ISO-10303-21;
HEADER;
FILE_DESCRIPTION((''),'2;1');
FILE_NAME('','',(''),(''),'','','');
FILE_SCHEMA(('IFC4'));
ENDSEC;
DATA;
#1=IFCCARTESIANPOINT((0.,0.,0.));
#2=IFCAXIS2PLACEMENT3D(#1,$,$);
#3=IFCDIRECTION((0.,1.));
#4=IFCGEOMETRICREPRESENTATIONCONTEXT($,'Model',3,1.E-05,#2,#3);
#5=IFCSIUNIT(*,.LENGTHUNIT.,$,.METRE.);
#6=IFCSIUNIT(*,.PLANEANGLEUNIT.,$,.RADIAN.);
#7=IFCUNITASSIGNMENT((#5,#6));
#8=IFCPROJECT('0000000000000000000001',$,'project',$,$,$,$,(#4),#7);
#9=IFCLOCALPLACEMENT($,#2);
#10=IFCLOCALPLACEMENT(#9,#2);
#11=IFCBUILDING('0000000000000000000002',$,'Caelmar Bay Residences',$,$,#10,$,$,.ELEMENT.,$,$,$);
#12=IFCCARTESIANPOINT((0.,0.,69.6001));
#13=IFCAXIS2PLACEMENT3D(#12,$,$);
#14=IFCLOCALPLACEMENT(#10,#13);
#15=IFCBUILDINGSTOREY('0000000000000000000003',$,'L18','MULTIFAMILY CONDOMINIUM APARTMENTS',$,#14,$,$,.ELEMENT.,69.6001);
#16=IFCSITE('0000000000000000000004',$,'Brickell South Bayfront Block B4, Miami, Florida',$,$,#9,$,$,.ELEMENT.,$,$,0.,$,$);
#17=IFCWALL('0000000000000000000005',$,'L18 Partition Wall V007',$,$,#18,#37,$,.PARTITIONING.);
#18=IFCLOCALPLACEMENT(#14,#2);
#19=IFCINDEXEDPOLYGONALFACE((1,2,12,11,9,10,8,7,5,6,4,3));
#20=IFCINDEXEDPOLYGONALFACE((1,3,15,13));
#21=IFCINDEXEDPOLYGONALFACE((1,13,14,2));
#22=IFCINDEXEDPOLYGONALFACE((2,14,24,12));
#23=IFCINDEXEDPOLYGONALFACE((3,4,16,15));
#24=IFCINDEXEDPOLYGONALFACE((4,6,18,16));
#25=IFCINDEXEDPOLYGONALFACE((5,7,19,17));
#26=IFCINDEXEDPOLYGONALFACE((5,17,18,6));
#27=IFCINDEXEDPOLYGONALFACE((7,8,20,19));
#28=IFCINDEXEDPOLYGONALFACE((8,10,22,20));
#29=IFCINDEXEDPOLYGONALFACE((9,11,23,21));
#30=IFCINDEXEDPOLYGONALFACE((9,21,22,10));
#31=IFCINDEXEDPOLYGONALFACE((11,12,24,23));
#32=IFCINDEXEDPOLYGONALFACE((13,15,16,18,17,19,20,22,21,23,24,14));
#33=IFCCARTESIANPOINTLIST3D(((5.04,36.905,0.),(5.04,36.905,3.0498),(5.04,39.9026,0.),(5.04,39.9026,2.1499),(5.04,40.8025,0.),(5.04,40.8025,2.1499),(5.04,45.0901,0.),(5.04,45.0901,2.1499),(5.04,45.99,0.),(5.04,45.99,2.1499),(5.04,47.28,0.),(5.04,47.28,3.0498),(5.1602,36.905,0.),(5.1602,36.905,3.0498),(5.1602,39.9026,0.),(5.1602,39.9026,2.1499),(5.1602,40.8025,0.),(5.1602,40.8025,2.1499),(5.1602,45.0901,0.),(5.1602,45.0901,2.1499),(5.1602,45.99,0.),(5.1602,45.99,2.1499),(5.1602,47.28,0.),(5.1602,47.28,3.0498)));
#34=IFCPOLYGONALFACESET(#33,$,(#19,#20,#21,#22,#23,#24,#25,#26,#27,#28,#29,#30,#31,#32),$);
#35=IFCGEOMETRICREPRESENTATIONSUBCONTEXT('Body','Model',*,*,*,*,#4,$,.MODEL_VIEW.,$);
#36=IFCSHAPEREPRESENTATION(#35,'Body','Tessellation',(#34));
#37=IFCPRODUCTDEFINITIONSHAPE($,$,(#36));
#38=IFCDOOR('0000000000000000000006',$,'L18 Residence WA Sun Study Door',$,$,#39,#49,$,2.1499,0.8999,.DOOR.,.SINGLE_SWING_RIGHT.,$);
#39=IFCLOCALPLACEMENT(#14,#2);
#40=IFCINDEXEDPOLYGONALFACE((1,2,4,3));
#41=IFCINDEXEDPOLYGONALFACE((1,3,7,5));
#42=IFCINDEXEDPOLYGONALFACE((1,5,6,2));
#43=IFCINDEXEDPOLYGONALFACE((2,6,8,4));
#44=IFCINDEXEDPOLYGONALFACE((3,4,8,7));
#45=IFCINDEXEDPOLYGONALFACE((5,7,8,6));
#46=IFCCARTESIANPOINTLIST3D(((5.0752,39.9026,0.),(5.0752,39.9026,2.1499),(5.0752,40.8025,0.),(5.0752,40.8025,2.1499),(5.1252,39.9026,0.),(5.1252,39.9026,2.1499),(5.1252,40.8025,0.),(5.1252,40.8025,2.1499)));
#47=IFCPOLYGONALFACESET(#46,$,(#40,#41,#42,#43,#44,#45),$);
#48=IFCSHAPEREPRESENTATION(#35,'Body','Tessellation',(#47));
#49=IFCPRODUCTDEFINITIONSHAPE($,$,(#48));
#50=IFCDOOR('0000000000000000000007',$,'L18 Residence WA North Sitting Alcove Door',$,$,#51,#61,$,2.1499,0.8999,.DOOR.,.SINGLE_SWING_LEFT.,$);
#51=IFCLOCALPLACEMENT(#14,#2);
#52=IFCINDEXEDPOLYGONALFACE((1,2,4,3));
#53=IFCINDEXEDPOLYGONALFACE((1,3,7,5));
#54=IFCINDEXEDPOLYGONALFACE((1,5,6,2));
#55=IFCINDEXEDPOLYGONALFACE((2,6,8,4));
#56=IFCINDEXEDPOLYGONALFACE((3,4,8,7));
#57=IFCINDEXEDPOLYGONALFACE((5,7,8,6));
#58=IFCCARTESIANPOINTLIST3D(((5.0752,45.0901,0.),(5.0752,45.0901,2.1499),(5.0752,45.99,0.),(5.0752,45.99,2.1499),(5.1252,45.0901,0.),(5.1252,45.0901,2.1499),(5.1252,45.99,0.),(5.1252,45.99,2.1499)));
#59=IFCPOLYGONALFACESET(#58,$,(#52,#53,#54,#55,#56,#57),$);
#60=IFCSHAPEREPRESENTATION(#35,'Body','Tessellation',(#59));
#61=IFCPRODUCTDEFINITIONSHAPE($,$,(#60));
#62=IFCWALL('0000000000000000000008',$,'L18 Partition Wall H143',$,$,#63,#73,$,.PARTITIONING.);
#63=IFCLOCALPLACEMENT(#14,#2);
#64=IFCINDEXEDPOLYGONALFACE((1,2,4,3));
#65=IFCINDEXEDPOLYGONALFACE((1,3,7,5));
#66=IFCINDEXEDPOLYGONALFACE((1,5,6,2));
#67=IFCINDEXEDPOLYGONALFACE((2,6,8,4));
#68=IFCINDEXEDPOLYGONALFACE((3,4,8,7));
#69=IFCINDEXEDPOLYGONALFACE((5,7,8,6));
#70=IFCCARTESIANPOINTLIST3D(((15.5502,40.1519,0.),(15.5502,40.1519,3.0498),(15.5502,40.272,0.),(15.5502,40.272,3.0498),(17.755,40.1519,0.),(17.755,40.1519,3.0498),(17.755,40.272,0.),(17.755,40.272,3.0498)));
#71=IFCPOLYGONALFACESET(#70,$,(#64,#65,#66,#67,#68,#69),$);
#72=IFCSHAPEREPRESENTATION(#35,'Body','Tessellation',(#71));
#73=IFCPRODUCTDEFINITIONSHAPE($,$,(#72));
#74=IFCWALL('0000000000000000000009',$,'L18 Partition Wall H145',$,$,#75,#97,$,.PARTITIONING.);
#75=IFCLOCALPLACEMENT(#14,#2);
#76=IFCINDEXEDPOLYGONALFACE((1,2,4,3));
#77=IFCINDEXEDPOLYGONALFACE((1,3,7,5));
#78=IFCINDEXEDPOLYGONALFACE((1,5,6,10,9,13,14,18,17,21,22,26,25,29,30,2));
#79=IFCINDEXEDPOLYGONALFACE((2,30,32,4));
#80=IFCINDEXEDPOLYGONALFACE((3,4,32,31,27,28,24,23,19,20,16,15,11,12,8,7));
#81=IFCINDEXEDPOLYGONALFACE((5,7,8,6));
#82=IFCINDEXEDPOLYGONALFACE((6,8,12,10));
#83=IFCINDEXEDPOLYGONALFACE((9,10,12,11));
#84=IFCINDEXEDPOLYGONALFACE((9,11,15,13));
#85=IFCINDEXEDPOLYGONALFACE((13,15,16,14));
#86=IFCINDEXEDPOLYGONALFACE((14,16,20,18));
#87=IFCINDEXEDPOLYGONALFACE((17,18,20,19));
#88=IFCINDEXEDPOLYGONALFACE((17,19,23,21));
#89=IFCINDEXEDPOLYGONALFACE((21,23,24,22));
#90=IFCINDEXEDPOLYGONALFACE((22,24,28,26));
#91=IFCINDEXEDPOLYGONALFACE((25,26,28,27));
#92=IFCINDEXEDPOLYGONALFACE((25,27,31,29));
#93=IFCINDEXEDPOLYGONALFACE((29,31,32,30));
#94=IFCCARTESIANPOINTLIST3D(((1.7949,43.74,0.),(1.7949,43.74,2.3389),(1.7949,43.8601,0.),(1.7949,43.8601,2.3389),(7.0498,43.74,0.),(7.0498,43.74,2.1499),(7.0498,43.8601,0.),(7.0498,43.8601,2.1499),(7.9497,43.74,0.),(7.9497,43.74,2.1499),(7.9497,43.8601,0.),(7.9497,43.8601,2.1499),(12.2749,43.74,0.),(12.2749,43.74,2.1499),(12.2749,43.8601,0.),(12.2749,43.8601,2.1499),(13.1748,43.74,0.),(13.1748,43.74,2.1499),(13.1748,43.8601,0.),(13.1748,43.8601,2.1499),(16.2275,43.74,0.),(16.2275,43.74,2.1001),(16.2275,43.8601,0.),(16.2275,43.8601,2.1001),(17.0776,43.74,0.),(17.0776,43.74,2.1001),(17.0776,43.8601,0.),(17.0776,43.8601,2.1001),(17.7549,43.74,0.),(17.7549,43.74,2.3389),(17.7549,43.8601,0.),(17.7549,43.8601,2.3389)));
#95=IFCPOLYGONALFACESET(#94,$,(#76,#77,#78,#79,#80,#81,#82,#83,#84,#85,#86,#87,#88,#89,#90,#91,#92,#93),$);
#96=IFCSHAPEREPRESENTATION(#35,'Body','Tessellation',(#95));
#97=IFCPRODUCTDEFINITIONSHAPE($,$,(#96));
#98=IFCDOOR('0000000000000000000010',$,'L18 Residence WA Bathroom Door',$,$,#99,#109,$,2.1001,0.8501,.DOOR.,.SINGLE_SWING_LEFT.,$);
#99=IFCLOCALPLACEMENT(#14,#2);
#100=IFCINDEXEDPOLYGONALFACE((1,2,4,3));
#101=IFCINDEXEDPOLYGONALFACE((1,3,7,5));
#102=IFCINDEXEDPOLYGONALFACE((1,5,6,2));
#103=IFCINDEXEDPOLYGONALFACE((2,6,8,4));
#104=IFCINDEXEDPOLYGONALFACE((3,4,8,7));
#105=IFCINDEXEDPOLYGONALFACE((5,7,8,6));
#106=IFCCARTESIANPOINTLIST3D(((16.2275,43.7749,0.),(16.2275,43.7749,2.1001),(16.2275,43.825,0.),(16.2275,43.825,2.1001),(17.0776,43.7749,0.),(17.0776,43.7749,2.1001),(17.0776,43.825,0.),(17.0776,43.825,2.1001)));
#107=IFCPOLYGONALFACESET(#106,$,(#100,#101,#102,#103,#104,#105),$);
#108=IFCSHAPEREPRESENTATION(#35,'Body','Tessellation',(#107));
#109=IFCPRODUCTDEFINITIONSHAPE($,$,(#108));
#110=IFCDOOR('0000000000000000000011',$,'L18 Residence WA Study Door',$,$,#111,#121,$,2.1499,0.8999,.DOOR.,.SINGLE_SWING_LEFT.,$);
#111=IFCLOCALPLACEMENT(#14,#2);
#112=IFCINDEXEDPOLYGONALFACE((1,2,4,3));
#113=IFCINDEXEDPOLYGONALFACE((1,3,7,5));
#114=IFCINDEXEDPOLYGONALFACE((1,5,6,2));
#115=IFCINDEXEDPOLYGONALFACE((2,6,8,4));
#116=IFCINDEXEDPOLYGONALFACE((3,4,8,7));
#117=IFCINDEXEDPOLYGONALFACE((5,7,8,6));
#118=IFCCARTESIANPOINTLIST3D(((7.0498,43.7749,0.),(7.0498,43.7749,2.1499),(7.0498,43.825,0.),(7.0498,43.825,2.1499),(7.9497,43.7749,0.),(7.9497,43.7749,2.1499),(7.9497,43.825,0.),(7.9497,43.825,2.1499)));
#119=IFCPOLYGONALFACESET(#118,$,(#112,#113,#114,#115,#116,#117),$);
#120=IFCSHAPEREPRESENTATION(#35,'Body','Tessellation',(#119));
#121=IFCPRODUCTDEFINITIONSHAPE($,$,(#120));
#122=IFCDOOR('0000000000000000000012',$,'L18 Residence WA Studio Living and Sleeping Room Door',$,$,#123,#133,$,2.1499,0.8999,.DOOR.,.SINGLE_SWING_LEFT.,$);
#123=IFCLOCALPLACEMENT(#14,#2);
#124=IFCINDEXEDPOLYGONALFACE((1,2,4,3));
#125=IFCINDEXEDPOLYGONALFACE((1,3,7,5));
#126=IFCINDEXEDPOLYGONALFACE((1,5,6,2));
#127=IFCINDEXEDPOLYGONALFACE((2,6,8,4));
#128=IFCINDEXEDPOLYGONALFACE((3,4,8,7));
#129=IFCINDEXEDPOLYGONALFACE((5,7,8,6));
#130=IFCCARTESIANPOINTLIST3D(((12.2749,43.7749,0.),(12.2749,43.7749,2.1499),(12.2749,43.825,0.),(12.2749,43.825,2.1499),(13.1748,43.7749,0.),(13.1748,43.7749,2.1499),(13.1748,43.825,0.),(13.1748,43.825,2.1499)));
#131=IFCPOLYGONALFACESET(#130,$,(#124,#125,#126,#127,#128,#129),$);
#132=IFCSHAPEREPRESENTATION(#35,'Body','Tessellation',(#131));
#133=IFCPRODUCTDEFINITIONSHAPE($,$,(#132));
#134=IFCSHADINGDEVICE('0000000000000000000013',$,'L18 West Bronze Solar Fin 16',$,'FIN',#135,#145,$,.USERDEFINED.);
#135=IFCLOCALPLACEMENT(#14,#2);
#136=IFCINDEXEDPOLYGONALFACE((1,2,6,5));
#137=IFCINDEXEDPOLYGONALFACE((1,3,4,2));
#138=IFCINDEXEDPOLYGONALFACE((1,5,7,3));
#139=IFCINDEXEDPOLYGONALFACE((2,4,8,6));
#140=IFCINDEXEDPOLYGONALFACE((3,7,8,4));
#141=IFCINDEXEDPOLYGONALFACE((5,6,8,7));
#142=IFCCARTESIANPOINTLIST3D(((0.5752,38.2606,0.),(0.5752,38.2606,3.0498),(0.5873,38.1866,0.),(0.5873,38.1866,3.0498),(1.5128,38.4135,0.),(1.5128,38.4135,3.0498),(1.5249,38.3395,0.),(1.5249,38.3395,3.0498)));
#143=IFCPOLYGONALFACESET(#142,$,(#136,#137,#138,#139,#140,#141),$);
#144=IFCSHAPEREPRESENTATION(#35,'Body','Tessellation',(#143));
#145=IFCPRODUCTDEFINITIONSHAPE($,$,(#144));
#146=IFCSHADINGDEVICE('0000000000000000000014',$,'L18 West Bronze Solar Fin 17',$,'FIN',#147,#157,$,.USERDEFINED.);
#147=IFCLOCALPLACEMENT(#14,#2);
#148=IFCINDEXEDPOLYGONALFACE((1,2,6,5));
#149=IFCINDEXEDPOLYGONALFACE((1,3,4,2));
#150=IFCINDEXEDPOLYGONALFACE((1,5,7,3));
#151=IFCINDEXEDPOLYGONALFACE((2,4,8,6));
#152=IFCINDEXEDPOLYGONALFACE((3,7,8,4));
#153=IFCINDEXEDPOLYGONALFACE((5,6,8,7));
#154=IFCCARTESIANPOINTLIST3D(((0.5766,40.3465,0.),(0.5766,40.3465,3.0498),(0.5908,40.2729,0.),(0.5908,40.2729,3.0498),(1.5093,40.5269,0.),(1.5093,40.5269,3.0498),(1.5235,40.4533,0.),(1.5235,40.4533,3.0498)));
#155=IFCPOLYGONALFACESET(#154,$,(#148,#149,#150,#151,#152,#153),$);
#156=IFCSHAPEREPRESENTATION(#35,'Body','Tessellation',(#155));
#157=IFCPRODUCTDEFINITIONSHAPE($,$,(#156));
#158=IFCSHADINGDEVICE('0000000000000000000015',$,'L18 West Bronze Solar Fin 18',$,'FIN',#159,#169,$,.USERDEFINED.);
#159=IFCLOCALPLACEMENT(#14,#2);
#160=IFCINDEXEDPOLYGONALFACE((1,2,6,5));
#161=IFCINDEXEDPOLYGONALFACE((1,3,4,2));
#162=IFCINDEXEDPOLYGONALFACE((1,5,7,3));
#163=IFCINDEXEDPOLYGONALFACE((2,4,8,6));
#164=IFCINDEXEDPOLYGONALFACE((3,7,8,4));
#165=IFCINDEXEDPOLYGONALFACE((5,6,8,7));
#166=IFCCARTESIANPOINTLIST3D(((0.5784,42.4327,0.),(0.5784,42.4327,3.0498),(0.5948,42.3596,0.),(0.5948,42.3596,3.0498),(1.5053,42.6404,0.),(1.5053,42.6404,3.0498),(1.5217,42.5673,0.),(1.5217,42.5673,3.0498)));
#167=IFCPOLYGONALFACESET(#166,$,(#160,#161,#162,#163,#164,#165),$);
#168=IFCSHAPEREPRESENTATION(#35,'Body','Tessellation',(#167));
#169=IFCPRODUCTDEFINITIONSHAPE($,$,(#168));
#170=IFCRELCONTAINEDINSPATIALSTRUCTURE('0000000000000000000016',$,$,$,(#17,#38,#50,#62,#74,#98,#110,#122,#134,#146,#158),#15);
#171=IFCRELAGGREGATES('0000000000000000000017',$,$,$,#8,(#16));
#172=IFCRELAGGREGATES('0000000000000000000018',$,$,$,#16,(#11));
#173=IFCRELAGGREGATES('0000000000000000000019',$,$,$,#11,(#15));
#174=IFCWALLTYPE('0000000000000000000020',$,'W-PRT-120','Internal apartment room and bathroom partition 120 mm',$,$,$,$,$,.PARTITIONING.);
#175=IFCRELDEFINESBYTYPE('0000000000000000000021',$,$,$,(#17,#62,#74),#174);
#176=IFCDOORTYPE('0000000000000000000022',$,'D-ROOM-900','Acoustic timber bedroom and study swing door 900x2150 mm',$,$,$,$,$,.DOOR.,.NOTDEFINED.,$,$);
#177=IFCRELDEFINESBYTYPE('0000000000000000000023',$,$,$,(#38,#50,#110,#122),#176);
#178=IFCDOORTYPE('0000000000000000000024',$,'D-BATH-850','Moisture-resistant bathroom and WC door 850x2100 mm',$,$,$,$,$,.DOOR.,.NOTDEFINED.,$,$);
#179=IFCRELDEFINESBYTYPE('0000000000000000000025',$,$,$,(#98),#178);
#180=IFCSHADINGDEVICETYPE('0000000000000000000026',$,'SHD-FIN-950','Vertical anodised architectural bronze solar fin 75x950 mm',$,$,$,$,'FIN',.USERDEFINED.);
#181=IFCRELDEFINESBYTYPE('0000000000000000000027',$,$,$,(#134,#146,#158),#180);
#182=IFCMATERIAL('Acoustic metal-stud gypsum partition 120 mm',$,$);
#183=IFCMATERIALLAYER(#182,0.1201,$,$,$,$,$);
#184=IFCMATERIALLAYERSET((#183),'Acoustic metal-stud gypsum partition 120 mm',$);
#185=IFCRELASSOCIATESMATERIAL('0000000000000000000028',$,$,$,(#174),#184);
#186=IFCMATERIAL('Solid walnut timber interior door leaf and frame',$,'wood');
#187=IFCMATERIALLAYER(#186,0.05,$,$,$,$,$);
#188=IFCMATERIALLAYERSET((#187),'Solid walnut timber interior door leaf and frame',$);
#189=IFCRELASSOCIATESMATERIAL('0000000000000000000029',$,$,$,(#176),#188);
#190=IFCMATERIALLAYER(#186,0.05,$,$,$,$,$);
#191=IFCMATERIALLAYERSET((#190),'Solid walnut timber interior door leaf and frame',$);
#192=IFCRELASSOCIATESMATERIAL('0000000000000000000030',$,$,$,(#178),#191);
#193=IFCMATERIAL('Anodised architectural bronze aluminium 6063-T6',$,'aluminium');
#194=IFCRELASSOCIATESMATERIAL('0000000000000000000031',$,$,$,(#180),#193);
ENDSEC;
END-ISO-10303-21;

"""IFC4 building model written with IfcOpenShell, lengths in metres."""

from ifc_helpers import new_model, si_unit, direction, frame, frame_2d, origin, origin_2d, place, context, subcontext, project, spatial, rectangle, extrude, material, layer, layer_set, material_profile, profile_set, type_object, element, fill, save


model = new_model("IFC4")

# Units and contexts
model_context = context("Model", 3, precision=1e-05, world=origin(), true_north=direction((0.0, 1.0)))
body_context = subcontext(model_context, "Body", "Model", "MODEL_VIEW")
ifc_project = project(units=[si_unit("LENGTHUNIT", "METRE"), si_unit("PLANEANGLEUNIT", "RADIAN")], contexts=[model_context])

# Site, building, storey
site_placement = place(None, origin())
site = spatial("IfcSite", under=ifc_project, at=site_placement, Name="Brickell South Bayfront Block B4, Miami, Florida", CompositionType="ELEMENT", RefElevation=0.0)
building_placement = place(site_placement, origin())
building = spatial("IfcBuilding", under=site, at=building_placement, Name="Caelmar Bay Residences", CompositionType="ELEMENT")
storey_placement = place(building_placement, frame((0.0, 0.0, 69.6001)))
storey = spatial("IfcBuildingStorey", under=building, at=storey_placement, Name="L18", Description="MULTIFAMILY CONDOMINIUM APARTMENTS", CompositionType="ELEMENT", Elevation=69.6001)

# Wall, openings, doors
ifc_material_1 = material(Name="Acoustic metal-stud gypsum partition 120 mm")
ifc_layer_1 = layer(ifc_material_1, 0.1201)
ifc_layer_set_1 = layer_set([ifc_layer_1], Name="Acoustic metal-stud gypsum partition 120 mm")
wall_type_1 = type_object("IfcWallType", Name="W-PRT-120", Description="Internal apartment room and bathroom partition 120 mm", PredefinedType="PARTITIONING", material=ifc_layer_set_1)
wall_1_placement = place(storey_placement, frame((5.1001, 36.905, 0.0), z_axis=(0.0, 0.0, 1.0), x_axis=(0.0, 1.0, 0.0)))
wall_1 = element("IfcWall", 1, at=wall_1_placement, inside=storey, type_object=wall_type_1, Name="L18 Partition Wall V007", PredefinedType="PARTITIONING", context=body_context, shape_type="SweptSolid", body=[
    extrude(rectangle(XDim=10.375, YDim=0.1201, at=frame_2d((5.1875, 0.0))), origin(), (0.0, 0.0, 1.0), 3.0498),
])
opening_1_placement = place(wall_1_placement, frame((2.9976, 0.0, 0.0)))
opening_1 = element("IfcOpeningElement", 2, at=opening_1_placement, cuts=wall_1, PredefinedType="OPENING", context=body_context, shape_type="SweptSolid", body=[
    extrude(rectangle(XDim=0.8999, YDim=2.1499, at=frame_2d((0.45, 1.075))), frame((0.0, 0.0701, 0.0), z_axis=(0.0, -1.0, 0.0), x_axis=(1.0, 0.0, 0.0)), (0.0, 0.0, 1.0), 0.1401),
])
opening_2_placement = place(wall_1_placement, frame((8.1851, 0.0, 0.0)))
opening_2 = element("IfcOpeningElement", 3, at=opening_2_placement, cuts=wall_1, PredefinedType="OPENING", context=body_context, shape_type="SweptSolid", body=[
    extrude(rectangle(XDim=0.8999, YDim=2.1499, at=frame_2d((0.45, 1.075))), frame((0.0, 0.0701, 0.0), z_axis=(0.0, -1.0, 0.0), x_axis=(1.0, 0.0, 0.0)), (0.0, 0.0, 1.0), 0.1401),
])
ifc_material_2 = material(Name="Solid walnut timber interior door leaf and frame", Category="wood")
ifc_layer_2 = layer(ifc_material_2, 0.05)
ifc_layer_set_2 = layer_set([ifc_layer_2], Name="Solid walnut timber interior door leaf and frame")
door_type_1 = type_object("IfcDoorType", Name="D-ROOM-900", Description="Acoustic timber bedroom and study swing door 900x2150 mm", OperationType="NOTDEFINED", PredefinedType="DOOR", material=ifc_layer_set_2)
door_1_placement = place(opening_1_placement, origin())
door_1 = element("IfcDoor", 4, at=door_1_placement, inside=storey, type_object=door_type_1, Name="L18 Residence WA Sun Study Door", OperationType="SINGLE_SWING_RIGHT", OverallHeight=2.1499, OverallWidth=0.8999, PredefinedType="DOOR", context=body_context, shape_type="SweptSolid", body=[
    extrude(rectangle(XDim=0.8999, YDim=2.1499, at=frame_2d((0.45, 1.075))), frame((0.0, 0.0249, 0.0), z_axis=(0.0, -1.0, 0.0), x_axis=(1.0, 0.0, 0.0)), (0.0, 0.0, 1.0), 0.05),
])
fill(opening_1, door_1)
door_2_placement = place(opening_2_placement, origin())
door_2 = element("IfcDoor", 5, at=door_2_placement, inside=storey, type_object=door_type_1, Name="L18 Residence WA North Sitting Alcove Door", OperationType="SINGLE_SWING_LEFT", OverallHeight=2.1499, OverallWidth=0.8999, PredefinedType="DOOR", context=body_context, shape_type="SweptSolid", body=[
    extrude(rectangle(XDim=0.8999, YDim=2.1499, at=frame_2d((0.45, 1.075))), frame((0.0, 0.0249, 0.0), z_axis=(0.0, -1.0, 0.0), x_axis=(1.0, 0.0, 0.0)), (0.0, 0.0, 1.0), 0.05),
])
fill(opening_2, door_2)

# Wall
wall_2_placement = place(storey_placement, frame((15.55, 40.2119, 0.0), z_axis=(0.0, 0.0, 1.0), x_axis=(1.0, 0.0, 0.0)))
element("IfcWall", 6, at=wall_2_placement, inside=storey, type_object=wall_type_1, Name="L18 Partition Wall H143", PredefinedType="PARTITIONING", context=body_context, shape_type="SweptSolid", body=[
    extrude(rectangle(XDim=2.2048, YDim=0.1201, at=frame_2d((1.1025, 0.0))), origin(), (0.0, 0.0, 1.0), 3.0498),
])

# Wall, openings, doors
wall_3_placement = place(storey_placement, frame((1.7949, 43.8, 0.0), z_axis=(0.0, 0.0, 1.0), x_axis=(1.0, 0.0, 0.0)))
wall_3 = element("IfcWall", 7, at=wall_3_placement, inside=storey, type_object=wall_type_1, Name="L18 Partition Wall H145", PredefinedType="PARTITIONING", context=body_context, shape_type="SweptSolid", body=[
    extrude(rectangle(XDim=15.96, YDim=0.1201, at=frame_2d((7.98, 0.0))), origin(), (0.0, 0.0, 1.0), 2.3389),
])
opening_3_placement = place(wall_3_placement, frame((5.2549, 0.0, 0.0)))
opening_3 = element("IfcOpeningElement", 8, at=opening_3_placement, cuts=wall_3, PredefinedType="OPENING", context=body_context, shape_type="SweptSolid", body=[
    extrude(rectangle(XDim=0.8999, YDim=2.1499, at=frame_2d((0.45, 1.075))), frame((0.0, 0.0701, 0.0), z_axis=(0.0, -1.0, 0.0), x_axis=(1.0, 0.0, 0.0)), (0.0, 0.0, 1.0), 0.1401),
])
opening_4_placement = place(wall_3_placement, frame((10.48, 0.0, 0.0)))
opening_4 = element("IfcOpeningElement", 9, at=opening_4_placement, cuts=wall_3, PredefinedType="OPENING", context=body_context, shape_type="SweptSolid", body=[
    extrude(rectangle(XDim=0.8999, YDim=2.1499, at=frame_2d((0.45, 1.075))), frame((0.0, 0.0701, 0.0), z_axis=(0.0, -1.0, 0.0), x_axis=(1.0, 0.0, 0.0)), (0.0, 0.0, 1.0), 0.1401),
])
opening_5_placement = place(wall_3_placement, frame((14.4326, 0.0, 0.0)))
opening_5 = element("IfcOpeningElement", 10, at=opening_5_placement, cuts=wall_3, PredefinedType="OPENING", context=body_context, shape_type="SweptSolid", body=[
    extrude(rectangle(XDim=0.8501, YDim=2.1001, at=frame_2d((0.425, 1.05))), frame((0.0, 0.0701, 0.0), z_axis=(0.0, -1.0, 0.0), x_axis=(1.0, 0.0, 0.0)), (0.0, 0.0, 1.0), 0.1401),
])
ifc_layer_3 = layer(ifc_material_2, 0.05)
ifc_layer_set_3 = layer_set([ifc_layer_3], Name="Solid walnut timber interior door leaf and frame")
door_type_2 = type_object("IfcDoorType", Name="D-BATH-850", Description="Moisture-resistant bathroom and WC door 850x2100 mm", OperationType="NOTDEFINED", PredefinedType="DOOR", material=ifc_layer_set_3)
door_3_placement = place(opening_5_placement, origin())
door_3 = element("IfcDoor", 11, at=door_3_placement, inside=storey, type_object=door_type_2, Name="L18 Residence WA Bathroom Door", OperationType="SINGLE_SWING_LEFT", OverallHeight=2.1001, OverallWidth=0.8501, PredefinedType="DOOR", context=body_context, shape_type="SweptSolid", body=[
    extrude(rectangle(XDim=0.8501, YDim=2.1001, at=frame_2d((0.425, 1.05))), frame((0.0, 0.0249, 0.0), z_axis=(0.0, -1.0, 0.0), x_axis=(1.0, 0.0, 0.0)), (0.0, 0.0, 1.0), 0.05),
])
fill(opening_5, door_3)
door_4_placement = place(opening_3_placement, origin())
door_4 = element("IfcDoor", 12, at=door_4_placement, inside=storey, type_object=door_type_1, Name="L18 Residence WA Study Door", OperationType="SINGLE_SWING_LEFT", OverallHeight=2.1499, OverallWidth=0.8999, PredefinedType="DOOR", context=body_context, shape_type="SweptSolid", body=[
    extrude(rectangle(XDim=0.8999, YDim=2.1499, at=frame_2d((0.45, 1.075))), frame((0.0, 0.0249, 0.0), z_axis=(0.0, -1.0, 0.0), x_axis=(1.0, 0.0, 0.0)), (0.0, 0.0, 1.0), 0.05),
])
fill(opening_3, door_4)
door_5_placement = place(opening_4_placement, origin())
door_5 = element("IfcDoor", 13, at=door_5_placement, inside=storey, type_object=door_type_1, Name="L18 Residence WA Studio Living and Sleeping Room Door", OperationType="SINGLE_SWING_LEFT", OverallHeight=2.1499, OverallWidth=0.8999, PredefinedType="DOOR", context=body_context, shape_type="SweptSolid", body=[
    extrude(rectangle(XDim=0.8999, YDim=2.1499, at=frame_2d((0.45, 1.075))), frame((0.0, 0.0249, 0.0), z_axis=(0.0, -1.0, 0.0), x_axis=(1.0, 0.0, 0.0)), (0.0, 0.0, 1.0), 0.05),
])
fill(opening_4, door_5)

# Shading devices
ifc_material_3 = material(Name="Anodised architectural bronze aluminium 6063-T6", Category="aluminium")
ifc_material_profile_1 = material_profile(ifc_material_3, rectangle(XDim=0.075, YDim=0.95, at=origin_2d()), Name="BRONZE-FIN-75X950")
ifc_profile_set_1 = profile_set([ifc_material_profile_1], Name="Anodised architectural bronze aluminium 6063-T6")
shading_device_type = type_object("IfcShadingDeviceType", Name="SHD-FIN-950", Description="Vertical anodised architectural bronze solar fin 75x950 mm", ElementType="FIN", PredefinedType="USERDEFINED", material=ifc_profile_set_1)
for number, where, z_axis, x_axis, name in (
    (14, (1.05, 38.3, 0.0), (0.0, 0.0, 1.0), (-0.160915, 0.986968, 0.0), "L18 West Bronze Solar Fin 16"),
    (15, (1.05, 40.3999, 0.0), (0.0, 0.0, 1.0), (-0.189952, 0.981793, 0.0), "L18 West Bronze Solar Fin 17"),
    (16, (1.05, 42.5, 0.0), (0.0, 0.0, 1.0), (-0.218654, 0.975802, 0.0), "L18 West Bronze Solar Fin 18"),
):
    element("IfcShadingDevice", number, at=place(storey_placement, frame(where, z_axis=z_axis, x_axis=x_axis)), inside=storey, type_object=shading_device_type, Name=name, ObjectType="FIN", PredefinedType="USERDEFINED", context=body_context, shape_type="SweptSolid", body=[
        extrude(rectangle(XDim=0.075, YDim=0.95, at=origin_2d()), origin(), (0.0, 0.0, 1.0), 3.0498),
    ])

save(model, "model.ifc")
